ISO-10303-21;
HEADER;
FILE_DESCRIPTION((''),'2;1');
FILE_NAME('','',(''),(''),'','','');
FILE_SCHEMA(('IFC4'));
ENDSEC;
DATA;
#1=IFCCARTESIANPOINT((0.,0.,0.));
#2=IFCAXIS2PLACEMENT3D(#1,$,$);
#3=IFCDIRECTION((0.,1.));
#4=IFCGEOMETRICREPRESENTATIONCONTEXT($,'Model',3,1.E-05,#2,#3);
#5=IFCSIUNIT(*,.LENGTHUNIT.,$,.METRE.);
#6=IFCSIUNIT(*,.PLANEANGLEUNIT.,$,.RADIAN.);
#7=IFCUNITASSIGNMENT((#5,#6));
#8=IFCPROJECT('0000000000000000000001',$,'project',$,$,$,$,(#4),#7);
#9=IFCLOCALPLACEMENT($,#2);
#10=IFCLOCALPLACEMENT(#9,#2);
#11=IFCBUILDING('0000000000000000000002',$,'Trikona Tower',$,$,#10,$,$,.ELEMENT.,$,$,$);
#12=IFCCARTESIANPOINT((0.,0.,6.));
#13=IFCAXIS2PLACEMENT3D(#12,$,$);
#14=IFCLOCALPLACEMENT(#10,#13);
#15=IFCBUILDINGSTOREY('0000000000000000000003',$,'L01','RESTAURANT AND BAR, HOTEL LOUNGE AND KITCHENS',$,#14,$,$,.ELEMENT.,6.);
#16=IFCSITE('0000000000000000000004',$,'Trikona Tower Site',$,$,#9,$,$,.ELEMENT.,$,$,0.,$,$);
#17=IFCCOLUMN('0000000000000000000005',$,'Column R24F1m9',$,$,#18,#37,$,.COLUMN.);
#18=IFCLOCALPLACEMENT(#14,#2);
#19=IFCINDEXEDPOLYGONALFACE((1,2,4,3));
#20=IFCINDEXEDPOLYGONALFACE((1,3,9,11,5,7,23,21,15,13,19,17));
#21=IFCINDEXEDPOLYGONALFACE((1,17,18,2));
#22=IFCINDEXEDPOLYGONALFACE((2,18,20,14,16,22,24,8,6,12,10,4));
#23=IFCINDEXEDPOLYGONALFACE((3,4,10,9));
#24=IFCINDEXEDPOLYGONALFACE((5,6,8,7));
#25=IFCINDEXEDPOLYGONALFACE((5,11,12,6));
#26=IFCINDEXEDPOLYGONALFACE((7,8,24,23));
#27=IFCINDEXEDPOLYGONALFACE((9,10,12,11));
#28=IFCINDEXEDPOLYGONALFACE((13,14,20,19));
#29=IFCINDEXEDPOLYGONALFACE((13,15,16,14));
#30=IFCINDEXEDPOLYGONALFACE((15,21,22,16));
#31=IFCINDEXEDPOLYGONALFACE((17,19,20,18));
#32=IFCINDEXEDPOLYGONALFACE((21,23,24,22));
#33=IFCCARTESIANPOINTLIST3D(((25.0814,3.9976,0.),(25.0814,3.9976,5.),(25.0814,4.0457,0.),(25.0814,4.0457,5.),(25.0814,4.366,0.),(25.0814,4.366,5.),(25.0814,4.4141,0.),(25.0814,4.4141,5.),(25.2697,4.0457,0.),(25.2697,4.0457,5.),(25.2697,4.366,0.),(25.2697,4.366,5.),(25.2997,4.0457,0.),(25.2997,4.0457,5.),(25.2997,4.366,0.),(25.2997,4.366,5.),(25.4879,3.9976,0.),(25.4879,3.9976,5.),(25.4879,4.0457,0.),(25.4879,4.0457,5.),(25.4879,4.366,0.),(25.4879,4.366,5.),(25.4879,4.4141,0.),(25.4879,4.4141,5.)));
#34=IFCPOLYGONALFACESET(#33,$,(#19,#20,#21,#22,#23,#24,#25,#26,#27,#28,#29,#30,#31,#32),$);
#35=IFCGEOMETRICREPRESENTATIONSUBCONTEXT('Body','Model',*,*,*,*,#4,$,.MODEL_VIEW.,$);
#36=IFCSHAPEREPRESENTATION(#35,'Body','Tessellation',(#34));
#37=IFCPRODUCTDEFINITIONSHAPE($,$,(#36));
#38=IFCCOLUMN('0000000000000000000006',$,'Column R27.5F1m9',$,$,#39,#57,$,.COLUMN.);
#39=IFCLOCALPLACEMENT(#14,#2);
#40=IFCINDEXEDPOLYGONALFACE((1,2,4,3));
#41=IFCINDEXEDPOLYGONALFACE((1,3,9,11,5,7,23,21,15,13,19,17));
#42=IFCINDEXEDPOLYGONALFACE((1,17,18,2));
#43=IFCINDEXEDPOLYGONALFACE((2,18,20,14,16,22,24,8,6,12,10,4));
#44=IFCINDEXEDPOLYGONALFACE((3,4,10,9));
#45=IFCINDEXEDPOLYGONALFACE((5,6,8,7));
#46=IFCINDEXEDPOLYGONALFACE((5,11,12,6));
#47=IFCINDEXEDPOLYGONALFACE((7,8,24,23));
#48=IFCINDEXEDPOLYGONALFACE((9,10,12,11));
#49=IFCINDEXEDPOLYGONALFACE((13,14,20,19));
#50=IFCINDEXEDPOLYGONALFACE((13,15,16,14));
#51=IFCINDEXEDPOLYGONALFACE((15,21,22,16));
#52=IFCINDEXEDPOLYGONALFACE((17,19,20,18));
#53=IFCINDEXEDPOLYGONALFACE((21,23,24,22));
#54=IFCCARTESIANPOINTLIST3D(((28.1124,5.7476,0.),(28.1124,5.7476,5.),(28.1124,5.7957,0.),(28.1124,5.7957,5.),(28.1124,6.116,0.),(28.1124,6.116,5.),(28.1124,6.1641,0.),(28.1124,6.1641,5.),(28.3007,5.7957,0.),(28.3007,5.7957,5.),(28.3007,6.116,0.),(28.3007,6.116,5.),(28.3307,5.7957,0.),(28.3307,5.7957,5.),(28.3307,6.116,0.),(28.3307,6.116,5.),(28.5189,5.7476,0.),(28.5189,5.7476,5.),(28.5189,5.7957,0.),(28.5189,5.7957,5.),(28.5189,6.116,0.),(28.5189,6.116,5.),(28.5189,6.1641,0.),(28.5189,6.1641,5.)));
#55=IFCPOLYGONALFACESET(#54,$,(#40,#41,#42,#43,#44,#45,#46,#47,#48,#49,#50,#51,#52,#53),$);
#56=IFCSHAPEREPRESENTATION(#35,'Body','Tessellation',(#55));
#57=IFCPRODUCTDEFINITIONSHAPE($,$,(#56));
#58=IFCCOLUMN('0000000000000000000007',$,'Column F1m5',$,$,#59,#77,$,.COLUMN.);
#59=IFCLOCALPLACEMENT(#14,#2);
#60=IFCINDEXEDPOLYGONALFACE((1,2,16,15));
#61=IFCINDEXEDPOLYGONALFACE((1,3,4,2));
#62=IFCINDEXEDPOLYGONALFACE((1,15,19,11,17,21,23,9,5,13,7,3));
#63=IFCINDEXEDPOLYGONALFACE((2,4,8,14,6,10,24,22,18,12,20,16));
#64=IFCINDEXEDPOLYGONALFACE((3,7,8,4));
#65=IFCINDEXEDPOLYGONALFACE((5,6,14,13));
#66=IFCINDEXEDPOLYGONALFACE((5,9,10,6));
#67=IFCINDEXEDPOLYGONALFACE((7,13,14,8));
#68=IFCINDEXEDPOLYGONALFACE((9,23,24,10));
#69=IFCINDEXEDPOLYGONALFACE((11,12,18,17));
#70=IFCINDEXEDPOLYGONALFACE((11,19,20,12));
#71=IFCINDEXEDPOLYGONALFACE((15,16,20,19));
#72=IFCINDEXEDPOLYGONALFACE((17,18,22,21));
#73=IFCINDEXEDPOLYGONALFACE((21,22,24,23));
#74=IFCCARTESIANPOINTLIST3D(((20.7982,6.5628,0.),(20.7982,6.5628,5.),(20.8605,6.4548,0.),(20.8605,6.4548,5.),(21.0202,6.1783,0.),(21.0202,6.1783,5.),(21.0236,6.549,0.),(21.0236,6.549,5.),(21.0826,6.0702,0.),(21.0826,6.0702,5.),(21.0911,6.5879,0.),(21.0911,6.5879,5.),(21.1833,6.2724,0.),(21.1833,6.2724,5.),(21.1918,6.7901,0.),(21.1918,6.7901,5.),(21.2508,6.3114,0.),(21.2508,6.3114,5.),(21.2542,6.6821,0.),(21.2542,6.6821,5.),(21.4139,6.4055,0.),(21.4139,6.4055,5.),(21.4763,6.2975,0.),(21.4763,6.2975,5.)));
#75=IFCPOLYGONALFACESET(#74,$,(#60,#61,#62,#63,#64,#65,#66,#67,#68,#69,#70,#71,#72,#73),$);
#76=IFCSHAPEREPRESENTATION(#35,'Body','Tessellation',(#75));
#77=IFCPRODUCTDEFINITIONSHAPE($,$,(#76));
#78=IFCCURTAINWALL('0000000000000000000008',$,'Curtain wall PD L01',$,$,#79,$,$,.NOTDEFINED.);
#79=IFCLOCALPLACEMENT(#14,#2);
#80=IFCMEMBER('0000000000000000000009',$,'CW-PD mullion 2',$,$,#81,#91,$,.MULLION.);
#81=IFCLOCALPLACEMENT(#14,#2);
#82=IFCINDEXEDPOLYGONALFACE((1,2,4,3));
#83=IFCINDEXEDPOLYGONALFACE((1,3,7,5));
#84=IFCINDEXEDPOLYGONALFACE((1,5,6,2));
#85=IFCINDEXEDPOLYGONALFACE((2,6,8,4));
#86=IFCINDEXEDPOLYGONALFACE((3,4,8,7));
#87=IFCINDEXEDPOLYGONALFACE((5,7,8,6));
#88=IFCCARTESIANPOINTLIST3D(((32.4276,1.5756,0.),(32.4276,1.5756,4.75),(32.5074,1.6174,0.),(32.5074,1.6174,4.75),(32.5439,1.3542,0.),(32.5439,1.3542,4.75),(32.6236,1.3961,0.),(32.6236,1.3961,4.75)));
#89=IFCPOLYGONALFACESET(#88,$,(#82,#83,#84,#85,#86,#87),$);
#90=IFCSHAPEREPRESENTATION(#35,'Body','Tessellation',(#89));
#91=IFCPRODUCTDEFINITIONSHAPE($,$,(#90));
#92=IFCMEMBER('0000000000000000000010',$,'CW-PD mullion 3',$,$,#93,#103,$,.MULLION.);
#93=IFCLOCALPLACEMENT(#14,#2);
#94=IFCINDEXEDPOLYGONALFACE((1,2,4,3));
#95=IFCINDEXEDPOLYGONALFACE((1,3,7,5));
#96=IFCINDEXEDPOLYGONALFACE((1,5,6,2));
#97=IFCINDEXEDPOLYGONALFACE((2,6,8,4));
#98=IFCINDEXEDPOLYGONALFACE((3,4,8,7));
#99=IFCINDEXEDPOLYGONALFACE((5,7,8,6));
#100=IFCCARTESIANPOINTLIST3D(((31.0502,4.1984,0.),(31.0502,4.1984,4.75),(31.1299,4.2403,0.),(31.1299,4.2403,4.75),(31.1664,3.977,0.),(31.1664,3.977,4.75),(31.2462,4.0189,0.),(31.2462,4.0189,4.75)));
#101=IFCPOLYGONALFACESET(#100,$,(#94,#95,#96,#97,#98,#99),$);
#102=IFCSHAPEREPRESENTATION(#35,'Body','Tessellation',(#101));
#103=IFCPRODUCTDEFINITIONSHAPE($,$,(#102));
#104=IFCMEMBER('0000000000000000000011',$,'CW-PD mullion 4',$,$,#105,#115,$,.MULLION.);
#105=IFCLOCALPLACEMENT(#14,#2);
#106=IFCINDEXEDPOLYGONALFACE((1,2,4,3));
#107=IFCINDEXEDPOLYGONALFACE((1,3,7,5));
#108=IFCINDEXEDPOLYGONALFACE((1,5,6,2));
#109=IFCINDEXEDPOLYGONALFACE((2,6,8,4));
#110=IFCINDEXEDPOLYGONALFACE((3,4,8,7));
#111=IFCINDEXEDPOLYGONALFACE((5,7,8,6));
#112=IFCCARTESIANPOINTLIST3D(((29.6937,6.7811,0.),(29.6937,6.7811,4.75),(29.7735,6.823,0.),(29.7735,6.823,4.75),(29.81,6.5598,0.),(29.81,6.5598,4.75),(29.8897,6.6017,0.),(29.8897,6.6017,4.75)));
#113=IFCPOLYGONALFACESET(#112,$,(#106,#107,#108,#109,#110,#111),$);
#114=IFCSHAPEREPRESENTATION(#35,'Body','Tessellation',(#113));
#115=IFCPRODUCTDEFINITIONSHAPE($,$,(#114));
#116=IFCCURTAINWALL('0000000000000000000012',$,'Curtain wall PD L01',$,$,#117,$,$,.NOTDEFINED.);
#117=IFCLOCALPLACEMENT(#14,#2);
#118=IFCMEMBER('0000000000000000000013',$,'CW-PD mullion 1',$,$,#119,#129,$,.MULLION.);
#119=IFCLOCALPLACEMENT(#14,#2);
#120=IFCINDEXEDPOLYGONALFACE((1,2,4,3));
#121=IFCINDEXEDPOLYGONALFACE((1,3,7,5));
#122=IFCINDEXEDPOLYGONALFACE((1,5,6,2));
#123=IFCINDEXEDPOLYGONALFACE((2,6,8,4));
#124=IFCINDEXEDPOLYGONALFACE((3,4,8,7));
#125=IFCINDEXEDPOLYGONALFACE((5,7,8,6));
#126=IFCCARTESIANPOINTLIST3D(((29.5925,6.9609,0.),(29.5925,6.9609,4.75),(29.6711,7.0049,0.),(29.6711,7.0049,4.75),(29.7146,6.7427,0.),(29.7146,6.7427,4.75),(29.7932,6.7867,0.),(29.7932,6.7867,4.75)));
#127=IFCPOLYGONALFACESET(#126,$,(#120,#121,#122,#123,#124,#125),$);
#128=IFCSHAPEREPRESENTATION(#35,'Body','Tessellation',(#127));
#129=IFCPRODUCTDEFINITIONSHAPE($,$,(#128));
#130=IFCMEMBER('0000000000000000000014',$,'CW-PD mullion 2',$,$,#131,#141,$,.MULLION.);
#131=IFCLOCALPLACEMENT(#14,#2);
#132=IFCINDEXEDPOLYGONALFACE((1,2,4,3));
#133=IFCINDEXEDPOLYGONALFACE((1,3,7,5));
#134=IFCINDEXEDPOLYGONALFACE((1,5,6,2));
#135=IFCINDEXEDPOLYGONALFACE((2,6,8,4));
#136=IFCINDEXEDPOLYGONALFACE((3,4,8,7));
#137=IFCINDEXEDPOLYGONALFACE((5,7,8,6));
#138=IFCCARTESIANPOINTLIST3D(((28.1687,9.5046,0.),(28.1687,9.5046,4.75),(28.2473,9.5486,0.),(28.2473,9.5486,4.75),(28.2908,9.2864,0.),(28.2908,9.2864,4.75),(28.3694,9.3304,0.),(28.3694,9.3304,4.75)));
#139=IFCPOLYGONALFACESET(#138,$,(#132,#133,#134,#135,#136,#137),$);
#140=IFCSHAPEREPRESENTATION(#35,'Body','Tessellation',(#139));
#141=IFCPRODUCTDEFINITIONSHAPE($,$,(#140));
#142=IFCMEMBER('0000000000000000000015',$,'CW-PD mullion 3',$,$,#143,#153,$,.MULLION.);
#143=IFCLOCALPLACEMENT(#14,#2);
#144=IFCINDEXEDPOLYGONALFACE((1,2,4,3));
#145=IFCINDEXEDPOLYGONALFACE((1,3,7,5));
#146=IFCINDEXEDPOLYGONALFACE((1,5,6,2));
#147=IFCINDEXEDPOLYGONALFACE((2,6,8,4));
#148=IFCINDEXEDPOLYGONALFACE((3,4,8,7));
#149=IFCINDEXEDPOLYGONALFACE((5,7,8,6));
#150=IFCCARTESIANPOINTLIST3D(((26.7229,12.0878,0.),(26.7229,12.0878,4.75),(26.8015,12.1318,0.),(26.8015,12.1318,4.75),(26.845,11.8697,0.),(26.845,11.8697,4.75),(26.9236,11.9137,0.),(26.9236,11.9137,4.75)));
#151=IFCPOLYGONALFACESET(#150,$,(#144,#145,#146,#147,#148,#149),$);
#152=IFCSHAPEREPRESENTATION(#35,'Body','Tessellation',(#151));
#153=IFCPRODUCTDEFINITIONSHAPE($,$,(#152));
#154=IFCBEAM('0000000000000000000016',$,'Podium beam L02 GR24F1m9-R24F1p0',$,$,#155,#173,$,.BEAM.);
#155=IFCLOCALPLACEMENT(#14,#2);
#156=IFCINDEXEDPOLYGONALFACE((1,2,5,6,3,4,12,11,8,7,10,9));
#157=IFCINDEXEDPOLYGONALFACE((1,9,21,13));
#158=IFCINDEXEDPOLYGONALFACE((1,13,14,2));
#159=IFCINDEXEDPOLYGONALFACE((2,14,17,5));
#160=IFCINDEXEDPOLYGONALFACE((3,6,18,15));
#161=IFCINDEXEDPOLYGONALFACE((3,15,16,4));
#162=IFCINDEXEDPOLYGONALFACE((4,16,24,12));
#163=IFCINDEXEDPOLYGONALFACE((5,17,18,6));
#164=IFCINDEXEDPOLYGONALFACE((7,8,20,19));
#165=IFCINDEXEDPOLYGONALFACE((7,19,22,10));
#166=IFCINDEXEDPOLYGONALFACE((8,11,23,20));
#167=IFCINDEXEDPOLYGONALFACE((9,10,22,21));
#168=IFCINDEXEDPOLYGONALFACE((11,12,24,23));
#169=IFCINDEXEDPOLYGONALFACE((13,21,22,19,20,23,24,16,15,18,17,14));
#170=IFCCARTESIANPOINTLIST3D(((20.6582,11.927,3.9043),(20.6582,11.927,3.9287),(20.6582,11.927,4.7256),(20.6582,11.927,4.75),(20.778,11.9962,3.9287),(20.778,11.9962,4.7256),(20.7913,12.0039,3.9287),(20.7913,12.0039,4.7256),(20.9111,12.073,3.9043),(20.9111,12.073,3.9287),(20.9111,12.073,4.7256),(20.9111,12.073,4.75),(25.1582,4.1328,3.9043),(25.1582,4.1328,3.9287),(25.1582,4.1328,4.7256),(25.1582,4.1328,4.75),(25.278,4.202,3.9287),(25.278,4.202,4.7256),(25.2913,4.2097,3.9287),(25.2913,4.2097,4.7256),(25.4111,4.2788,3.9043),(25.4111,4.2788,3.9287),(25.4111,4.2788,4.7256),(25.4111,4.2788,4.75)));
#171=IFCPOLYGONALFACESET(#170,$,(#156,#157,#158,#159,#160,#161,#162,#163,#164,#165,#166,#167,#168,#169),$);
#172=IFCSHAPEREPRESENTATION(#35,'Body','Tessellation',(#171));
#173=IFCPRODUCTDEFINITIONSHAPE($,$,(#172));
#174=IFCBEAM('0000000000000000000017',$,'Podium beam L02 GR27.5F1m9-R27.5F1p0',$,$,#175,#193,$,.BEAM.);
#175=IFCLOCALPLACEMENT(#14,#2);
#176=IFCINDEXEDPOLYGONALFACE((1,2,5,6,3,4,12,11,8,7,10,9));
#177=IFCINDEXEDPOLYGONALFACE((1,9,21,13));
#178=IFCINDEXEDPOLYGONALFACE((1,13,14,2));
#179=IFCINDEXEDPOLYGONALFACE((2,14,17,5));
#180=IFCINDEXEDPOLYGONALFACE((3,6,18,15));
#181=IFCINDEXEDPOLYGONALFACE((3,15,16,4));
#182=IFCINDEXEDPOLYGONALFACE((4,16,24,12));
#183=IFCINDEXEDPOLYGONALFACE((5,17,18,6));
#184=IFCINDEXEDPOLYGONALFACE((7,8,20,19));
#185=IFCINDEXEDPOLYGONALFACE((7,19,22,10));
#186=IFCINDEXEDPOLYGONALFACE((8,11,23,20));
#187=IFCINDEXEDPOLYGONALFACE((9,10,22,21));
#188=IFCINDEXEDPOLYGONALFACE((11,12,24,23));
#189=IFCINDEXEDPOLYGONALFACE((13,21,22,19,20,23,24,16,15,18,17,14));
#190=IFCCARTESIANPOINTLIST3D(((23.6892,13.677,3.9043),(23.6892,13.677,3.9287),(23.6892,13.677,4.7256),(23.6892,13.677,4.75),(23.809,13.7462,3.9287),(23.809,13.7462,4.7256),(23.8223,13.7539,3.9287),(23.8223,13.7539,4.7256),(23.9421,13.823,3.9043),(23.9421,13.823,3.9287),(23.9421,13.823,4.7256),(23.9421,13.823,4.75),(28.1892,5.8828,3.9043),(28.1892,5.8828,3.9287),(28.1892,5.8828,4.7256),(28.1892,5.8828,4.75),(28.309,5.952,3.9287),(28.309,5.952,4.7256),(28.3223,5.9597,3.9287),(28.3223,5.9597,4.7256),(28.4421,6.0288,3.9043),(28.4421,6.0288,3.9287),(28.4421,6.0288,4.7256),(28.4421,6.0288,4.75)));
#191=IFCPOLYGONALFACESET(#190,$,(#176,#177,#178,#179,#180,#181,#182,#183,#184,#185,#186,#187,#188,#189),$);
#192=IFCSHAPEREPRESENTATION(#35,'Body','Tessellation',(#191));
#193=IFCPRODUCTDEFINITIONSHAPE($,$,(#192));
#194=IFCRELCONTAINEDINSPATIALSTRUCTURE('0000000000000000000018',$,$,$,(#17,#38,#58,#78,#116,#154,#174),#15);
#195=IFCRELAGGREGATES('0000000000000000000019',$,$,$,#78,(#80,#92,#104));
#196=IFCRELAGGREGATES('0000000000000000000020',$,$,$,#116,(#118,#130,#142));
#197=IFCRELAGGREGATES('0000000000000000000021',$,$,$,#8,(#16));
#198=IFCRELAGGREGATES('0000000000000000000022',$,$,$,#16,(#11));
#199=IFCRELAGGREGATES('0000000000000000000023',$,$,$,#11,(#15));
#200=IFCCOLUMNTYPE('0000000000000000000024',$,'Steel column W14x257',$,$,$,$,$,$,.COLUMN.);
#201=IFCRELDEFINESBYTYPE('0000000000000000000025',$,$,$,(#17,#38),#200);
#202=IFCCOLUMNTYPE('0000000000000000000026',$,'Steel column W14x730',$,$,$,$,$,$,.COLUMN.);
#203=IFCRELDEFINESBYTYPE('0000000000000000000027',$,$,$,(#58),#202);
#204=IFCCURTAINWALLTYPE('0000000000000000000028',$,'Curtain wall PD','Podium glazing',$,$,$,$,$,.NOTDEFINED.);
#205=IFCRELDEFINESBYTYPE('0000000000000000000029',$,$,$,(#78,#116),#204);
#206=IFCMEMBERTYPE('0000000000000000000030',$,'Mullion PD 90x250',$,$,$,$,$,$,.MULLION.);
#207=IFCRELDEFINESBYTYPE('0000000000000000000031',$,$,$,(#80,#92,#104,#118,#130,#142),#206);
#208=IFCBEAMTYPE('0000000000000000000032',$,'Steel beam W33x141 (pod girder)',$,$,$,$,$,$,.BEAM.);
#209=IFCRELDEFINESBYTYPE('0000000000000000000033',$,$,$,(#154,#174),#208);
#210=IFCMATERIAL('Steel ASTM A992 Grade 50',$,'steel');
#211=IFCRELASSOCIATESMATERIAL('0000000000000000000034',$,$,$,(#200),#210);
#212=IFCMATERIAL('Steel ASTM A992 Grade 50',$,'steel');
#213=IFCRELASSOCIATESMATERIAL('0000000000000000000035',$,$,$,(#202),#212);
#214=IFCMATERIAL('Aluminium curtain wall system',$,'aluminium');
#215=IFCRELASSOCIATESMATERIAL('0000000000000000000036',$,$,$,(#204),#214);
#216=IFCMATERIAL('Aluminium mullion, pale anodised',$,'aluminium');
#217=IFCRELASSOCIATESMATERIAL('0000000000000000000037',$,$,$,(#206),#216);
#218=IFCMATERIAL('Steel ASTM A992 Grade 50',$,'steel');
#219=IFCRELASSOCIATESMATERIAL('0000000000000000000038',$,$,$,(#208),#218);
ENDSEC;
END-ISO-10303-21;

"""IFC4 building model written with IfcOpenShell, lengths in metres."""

from ifc_helpers import new_model, si_unit, direction, frame, origin, origin_2d, place, context, subcontext, project, spatial, rectangle, i_section, extrude, material, material_profile, profile_set, type_object, element, aggregate, save


model = new_model("IFC4")

# Units and contexts
model_context = context("Model", 3, precision=1e-05, world=origin(), true_north=direction((0.0, 1.0)))
body_context = subcontext(model_context, "Body", "Model", "MODEL_VIEW")
ifc_project = project(units=[si_unit("LENGTHUNIT", "METRE"), si_unit("PLANEANGLEUNIT", "RADIAN")], contexts=[model_context])

# Site, building, storey
site_placement = place(None, origin())
site = spatial("IfcSite", under=ifc_project, at=site_placement, Name="Trikona Tower Site", CompositionType="ELEMENT", RefElevation=0.0)
building_placement = place(site_placement, origin())
building = spatial("IfcBuilding", under=site, at=building_placement, Name="Trikona Tower", CompositionType="ELEMENT")
storey_placement = place(building_placement, frame((0.0, 0.0, 6.0)))
storey = spatial("IfcBuildingStorey", under=building, at=storey_placement, Name="L01", Description="RESTAURANT AND BAR, HOTEL LOUNGE AND KITCHENS", CompositionType="ELEMENT", Elevation=6.0)

# Columns
ifc_material_1 = material(Name="Steel ASTM A992 Grade 50", Category="steel")
ifc_material_profile_1 = material_profile(ifc_material_1, i_section(OverallWidth=0.4065, OverallDepth=0.4165, WebThickness=0.03, FlangeThickness=0.0481, at=origin_2d()), Name="W14X257")
ifc_profile_set_1 = profile_set([ifc_material_profile_1], Name="Steel ASTM A992 Grade 50")
column_type_1 = type_object("IfcColumnType", Name="Steel column W14x257", PredefinedType="COLUMN", material=ifc_profile_set_1)
for number, where, z_axis, x_axis, name in (
    (1, (25.2847, 4.2058, 0.0), (0.0, 0.0, 1.0), (1.0, 0.0, 0.0), "Column R24F1m9"),
    (2, (28.3157, 5.9558, 0.0), (0.0, 0.0, 1.0), (1.0, 0.0, 0.0), "Column R27.5F1m9"),
):
    element("IfcColumn", number, at=place(storey_placement, frame(where, z_axis=z_axis, x_axis=x_axis)), inside=storey, type_object=column_type_1, Name=name, PredefinedType="COLUMN", context=body_context, shape_type="SweptSolid", body=[
        extrude(i_section(OverallWidth=0.4065, OverallDepth=0.4165, WebThickness=0.03, FlangeThickness=0.0481, at=origin_2d()), origin(), (0.0, 0.0, 1.0), 5.0),
    ])
ifc_material_2 = material(Name="Steel ASTM A992 Grade 50", Category="steel")
ifc_material_profile_2 = material_profile(ifc_material_2, i_section(OverallWidth=0.4546, OverallDepth=0.5688, WebThickness=0.0779, FlangeThickness=0.1248, at=origin_2d()), Name="W14X730")
ifc_profile_set_2 = profile_set([ifc_material_profile_2], Name="Steel ASTM A992 Grade 50")
column_type_2 = type_object("IfcColumnType", Name="Steel column W14x730", PredefinedType="COLUMN", material=ifc_profile_set_2)
column_placement = place(storey_placement, frame((21.1372, 6.4302, 0.0), z_axis=(0.0, 0.0, 1.0), x_axis=(0.866025, 0.5, 0.0)))
element("IfcColumn", 3, at=column_placement, inside=storey, type_object=column_type_2, Name="Column F1m5", PredefinedType="COLUMN", context=body_context, shape_type="SweptSolid", body=[
    extrude(i_section(OverallWidth=0.4546, OverallDepth=0.5688, WebThickness=0.0779, FlangeThickness=0.1248, at=origin_2d()), origin(), (0.0, 0.0, 1.0), 5.0),
])

# Curtain walls, members
ifc_material_3 = material(Name="Aluminium curtain wall system", Category="aluminium")
curtain_wall_type = type_object("IfcCurtainWallType", Name="Curtain wall PD", Description="Podium glazing", PredefinedType="NOTDEFINED", material=ifc_material_3)
curtain_wall_1_placement = place(storey_placement, origin())
curtain_wall_1 = element("IfcCurtainWall", 4, at=curtain_wall_1_placement, inside=storey, type_object=curtain_wall_type, Name="Curtain wall PD L01", PredefinedType="NOTDEFINED")
ifc_material_4 = material(Name="Aluminium mullion, pale anodised", Category="aluminium")
ifc_material_profile_3 = material_profile(ifc_material_4, rectangle(XDim=0.0901, YDim=0.25, at=origin_2d()), Name="MUL-PD")
ifc_profile_set_3 = profile_set([ifc_material_profile_3], Name="Aluminium mullion, pale anodised")
member_type_1 = type_object("IfcMemberType", Name="Mullion PD 90x250", PredefinedType="MULLION", material=ifc_profile_set_3)
member_1_placement = place(storey_placement, frame((32.5256, 1.4858, 0.0), z_axis=(0.0, 0.0, 1.0), x_axis=(-0.885322, -0.464979, 0.0)))
member_1 = element("IfcMember", 5, at=member_1_placement, type_object=member_type_1, Name="CW-PD mullion 2", PredefinedType="MULLION", context=body_context, shape_type="SweptSolid", body=[
    extrude(rectangle(XDim=0.0901, YDim=0.25, at=origin_2d()), origin(), (0.0, 0.0, 1.0), 4.75),
])
member_2_placement = place(storey_placement, frame((31.1482, 4.1086, 0.0), z_axis=(0.0, 0.0, 1.0), x_axis=(-0.885322, -0.464979, 0.0)))
member_2 = element("IfcMember", 6, at=member_2_placement, type_object=member_type_1, Name="CW-PD mullion 3", PredefinedType="MULLION", context=body_context, shape_type="SweptSolid", body=[
    extrude(rectangle(XDim=0.0901, YDim=0.25, at=origin_2d()), origin(), (0.0, 0.0, 1.0), 4.75),
])
member_3_placement = place(storey_placement, frame((29.7917, 6.6914, 0.0), z_axis=(0.0, 0.0, 1.0), x_axis=(-0.885322, -0.464979, 0.0)))
member_3 = element("IfcMember", 7, at=member_3_placement, type_object=member_type_1, Name="CW-PD mullion 4", PredefinedType="MULLION", context=body_context, shape_type="SweptSolid", body=[
    extrude(rectangle(XDim=0.0901, YDim=0.25, at=origin_2d()), origin(), (0.0, 0.0, 1.0), 4.75),
])
curtain_wall_2_placement = place(storey_placement, origin())
curtain_wall_2 = element("IfcCurtainWall", 8, at=curtain_wall_2_placement, inside=storey, type_object=curtain_wall_type, Name="Curtain wall PD L01", PredefinedType="NOTDEFINED")
member_4_placement = place(storey_placement, frame((29.6929, 6.8738, 0.0), z_axis=(0.0, 0.0, 1.0), x_axis=(-0.872613, -0.488413, 0.0)))
member_4 = element("IfcMember", 9, at=member_4_placement, type_object=member_type_1, Name="CW-PD mullion 1", PredefinedType="MULLION", context=body_context, shape_type="SweptSolid", body=[
    extrude(rectangle(XDim=0.0901, YDim=0.25, at=origin_2d()), origin(), (0.0, 0.0, 1.0), 4.75),
])
member_5_placement = place(storey_placement, frame((28.269, 9.4175, 0.0), z_axis=(0.0, 0.0, 1.0), x_axis=(-0.872613, -0.488413, 0.0)))
member_5 = element("IfcMember", 10, at=member_5_placement, type_object=member_type_1, Name="CW-PD mullion 2", PredefinedType="MULLION", context=body_context, shape_type="SweptSolid", body=[
    extrude(rectangle(XDim=0.0901, YDim=0.25, at=origin_2d()), origin(), (0.0, 0.0, 1.0), 4.75),
])
member_6_placement = place(storey_placement, frame((26.8232, 12.0007, 0.0), z_axis=(0.0, 0.0, 1.0), x_axis=(-0.872613, -0.488413, 0.0)))
member_6 = element("IfcMember", 11, at=member_6_placement, type_object=member_type_1, Name="CW-PD mullion 3", PredefinedType="MULLION", context=body_context, shape_type="SweptSolid", body=[
    extrude(rectangle(XDim=0.0901, YDim=0.25, at=origin_2d()), origin(), (0.0, 0.0, 1.0), 4.75),
])

# Beams
ifc_material_5 = material(Name="Steel ASTM A992 Grade 50", Category="steel")
ifc_material_profile_4 = material_profile(ifc_material_5, i_section(OverallWidth=0.292, OverallDepth=0.8457, WebThickness=0.0154, FlangeThickness=0.0244, at=origin_2d()), Name="W33X141")
ifc_profile_set_4 = profile_set([ifc_material_profile_4], Name="Steel ASTM A992 Grade 50")
beam_type_1 = type_object("IfcBeamType", Name="Steel beam W33x141 (pod girder)", PredefinedType="BEAM", material=ifc_profile_set_4)
for number, where, z_axis, x_axis, name in (
    (12, (25.2847, 4.2058, 4.3271), (-0.500002, 0.866024, 0.0), (-0.866024, -0.500002, 0.0), "Podium beam L02 GR24F1m9-R24F1p0"),
    (13, (28.3157, 5.9558, 4.3271), (-0.500002, 0.866024, 0.0), (-0.866024, -0.500002, 0.0), "Podium beam L02 GR27.5F1m9-R27.5F1p0"),
):
    element("IfcBeam", number, at=place(storey_placement, frame(where, z_axis=z_axis, x_axis=x_axis)), inside=storey, type_object=beam_type_1, Name=name, PredefinedType="BEAM", context=body_context, shape_type="SweptSolid", body=[
        extrude(i_section(OverallWidth=0.292, OverallDepth=0.8457, WebThickness=0.0154, FlangeThickness=0.0244, at=origin_2d()), origin(), (0.0, 0.0, 1.0), 9.0),
    ])

aggregate(curtain_wall_1, [member_1, member_2, member_3])
aggregate(curtain_wall_2, [member_4, member_5, member_6])

save(model, "model.ifc")
